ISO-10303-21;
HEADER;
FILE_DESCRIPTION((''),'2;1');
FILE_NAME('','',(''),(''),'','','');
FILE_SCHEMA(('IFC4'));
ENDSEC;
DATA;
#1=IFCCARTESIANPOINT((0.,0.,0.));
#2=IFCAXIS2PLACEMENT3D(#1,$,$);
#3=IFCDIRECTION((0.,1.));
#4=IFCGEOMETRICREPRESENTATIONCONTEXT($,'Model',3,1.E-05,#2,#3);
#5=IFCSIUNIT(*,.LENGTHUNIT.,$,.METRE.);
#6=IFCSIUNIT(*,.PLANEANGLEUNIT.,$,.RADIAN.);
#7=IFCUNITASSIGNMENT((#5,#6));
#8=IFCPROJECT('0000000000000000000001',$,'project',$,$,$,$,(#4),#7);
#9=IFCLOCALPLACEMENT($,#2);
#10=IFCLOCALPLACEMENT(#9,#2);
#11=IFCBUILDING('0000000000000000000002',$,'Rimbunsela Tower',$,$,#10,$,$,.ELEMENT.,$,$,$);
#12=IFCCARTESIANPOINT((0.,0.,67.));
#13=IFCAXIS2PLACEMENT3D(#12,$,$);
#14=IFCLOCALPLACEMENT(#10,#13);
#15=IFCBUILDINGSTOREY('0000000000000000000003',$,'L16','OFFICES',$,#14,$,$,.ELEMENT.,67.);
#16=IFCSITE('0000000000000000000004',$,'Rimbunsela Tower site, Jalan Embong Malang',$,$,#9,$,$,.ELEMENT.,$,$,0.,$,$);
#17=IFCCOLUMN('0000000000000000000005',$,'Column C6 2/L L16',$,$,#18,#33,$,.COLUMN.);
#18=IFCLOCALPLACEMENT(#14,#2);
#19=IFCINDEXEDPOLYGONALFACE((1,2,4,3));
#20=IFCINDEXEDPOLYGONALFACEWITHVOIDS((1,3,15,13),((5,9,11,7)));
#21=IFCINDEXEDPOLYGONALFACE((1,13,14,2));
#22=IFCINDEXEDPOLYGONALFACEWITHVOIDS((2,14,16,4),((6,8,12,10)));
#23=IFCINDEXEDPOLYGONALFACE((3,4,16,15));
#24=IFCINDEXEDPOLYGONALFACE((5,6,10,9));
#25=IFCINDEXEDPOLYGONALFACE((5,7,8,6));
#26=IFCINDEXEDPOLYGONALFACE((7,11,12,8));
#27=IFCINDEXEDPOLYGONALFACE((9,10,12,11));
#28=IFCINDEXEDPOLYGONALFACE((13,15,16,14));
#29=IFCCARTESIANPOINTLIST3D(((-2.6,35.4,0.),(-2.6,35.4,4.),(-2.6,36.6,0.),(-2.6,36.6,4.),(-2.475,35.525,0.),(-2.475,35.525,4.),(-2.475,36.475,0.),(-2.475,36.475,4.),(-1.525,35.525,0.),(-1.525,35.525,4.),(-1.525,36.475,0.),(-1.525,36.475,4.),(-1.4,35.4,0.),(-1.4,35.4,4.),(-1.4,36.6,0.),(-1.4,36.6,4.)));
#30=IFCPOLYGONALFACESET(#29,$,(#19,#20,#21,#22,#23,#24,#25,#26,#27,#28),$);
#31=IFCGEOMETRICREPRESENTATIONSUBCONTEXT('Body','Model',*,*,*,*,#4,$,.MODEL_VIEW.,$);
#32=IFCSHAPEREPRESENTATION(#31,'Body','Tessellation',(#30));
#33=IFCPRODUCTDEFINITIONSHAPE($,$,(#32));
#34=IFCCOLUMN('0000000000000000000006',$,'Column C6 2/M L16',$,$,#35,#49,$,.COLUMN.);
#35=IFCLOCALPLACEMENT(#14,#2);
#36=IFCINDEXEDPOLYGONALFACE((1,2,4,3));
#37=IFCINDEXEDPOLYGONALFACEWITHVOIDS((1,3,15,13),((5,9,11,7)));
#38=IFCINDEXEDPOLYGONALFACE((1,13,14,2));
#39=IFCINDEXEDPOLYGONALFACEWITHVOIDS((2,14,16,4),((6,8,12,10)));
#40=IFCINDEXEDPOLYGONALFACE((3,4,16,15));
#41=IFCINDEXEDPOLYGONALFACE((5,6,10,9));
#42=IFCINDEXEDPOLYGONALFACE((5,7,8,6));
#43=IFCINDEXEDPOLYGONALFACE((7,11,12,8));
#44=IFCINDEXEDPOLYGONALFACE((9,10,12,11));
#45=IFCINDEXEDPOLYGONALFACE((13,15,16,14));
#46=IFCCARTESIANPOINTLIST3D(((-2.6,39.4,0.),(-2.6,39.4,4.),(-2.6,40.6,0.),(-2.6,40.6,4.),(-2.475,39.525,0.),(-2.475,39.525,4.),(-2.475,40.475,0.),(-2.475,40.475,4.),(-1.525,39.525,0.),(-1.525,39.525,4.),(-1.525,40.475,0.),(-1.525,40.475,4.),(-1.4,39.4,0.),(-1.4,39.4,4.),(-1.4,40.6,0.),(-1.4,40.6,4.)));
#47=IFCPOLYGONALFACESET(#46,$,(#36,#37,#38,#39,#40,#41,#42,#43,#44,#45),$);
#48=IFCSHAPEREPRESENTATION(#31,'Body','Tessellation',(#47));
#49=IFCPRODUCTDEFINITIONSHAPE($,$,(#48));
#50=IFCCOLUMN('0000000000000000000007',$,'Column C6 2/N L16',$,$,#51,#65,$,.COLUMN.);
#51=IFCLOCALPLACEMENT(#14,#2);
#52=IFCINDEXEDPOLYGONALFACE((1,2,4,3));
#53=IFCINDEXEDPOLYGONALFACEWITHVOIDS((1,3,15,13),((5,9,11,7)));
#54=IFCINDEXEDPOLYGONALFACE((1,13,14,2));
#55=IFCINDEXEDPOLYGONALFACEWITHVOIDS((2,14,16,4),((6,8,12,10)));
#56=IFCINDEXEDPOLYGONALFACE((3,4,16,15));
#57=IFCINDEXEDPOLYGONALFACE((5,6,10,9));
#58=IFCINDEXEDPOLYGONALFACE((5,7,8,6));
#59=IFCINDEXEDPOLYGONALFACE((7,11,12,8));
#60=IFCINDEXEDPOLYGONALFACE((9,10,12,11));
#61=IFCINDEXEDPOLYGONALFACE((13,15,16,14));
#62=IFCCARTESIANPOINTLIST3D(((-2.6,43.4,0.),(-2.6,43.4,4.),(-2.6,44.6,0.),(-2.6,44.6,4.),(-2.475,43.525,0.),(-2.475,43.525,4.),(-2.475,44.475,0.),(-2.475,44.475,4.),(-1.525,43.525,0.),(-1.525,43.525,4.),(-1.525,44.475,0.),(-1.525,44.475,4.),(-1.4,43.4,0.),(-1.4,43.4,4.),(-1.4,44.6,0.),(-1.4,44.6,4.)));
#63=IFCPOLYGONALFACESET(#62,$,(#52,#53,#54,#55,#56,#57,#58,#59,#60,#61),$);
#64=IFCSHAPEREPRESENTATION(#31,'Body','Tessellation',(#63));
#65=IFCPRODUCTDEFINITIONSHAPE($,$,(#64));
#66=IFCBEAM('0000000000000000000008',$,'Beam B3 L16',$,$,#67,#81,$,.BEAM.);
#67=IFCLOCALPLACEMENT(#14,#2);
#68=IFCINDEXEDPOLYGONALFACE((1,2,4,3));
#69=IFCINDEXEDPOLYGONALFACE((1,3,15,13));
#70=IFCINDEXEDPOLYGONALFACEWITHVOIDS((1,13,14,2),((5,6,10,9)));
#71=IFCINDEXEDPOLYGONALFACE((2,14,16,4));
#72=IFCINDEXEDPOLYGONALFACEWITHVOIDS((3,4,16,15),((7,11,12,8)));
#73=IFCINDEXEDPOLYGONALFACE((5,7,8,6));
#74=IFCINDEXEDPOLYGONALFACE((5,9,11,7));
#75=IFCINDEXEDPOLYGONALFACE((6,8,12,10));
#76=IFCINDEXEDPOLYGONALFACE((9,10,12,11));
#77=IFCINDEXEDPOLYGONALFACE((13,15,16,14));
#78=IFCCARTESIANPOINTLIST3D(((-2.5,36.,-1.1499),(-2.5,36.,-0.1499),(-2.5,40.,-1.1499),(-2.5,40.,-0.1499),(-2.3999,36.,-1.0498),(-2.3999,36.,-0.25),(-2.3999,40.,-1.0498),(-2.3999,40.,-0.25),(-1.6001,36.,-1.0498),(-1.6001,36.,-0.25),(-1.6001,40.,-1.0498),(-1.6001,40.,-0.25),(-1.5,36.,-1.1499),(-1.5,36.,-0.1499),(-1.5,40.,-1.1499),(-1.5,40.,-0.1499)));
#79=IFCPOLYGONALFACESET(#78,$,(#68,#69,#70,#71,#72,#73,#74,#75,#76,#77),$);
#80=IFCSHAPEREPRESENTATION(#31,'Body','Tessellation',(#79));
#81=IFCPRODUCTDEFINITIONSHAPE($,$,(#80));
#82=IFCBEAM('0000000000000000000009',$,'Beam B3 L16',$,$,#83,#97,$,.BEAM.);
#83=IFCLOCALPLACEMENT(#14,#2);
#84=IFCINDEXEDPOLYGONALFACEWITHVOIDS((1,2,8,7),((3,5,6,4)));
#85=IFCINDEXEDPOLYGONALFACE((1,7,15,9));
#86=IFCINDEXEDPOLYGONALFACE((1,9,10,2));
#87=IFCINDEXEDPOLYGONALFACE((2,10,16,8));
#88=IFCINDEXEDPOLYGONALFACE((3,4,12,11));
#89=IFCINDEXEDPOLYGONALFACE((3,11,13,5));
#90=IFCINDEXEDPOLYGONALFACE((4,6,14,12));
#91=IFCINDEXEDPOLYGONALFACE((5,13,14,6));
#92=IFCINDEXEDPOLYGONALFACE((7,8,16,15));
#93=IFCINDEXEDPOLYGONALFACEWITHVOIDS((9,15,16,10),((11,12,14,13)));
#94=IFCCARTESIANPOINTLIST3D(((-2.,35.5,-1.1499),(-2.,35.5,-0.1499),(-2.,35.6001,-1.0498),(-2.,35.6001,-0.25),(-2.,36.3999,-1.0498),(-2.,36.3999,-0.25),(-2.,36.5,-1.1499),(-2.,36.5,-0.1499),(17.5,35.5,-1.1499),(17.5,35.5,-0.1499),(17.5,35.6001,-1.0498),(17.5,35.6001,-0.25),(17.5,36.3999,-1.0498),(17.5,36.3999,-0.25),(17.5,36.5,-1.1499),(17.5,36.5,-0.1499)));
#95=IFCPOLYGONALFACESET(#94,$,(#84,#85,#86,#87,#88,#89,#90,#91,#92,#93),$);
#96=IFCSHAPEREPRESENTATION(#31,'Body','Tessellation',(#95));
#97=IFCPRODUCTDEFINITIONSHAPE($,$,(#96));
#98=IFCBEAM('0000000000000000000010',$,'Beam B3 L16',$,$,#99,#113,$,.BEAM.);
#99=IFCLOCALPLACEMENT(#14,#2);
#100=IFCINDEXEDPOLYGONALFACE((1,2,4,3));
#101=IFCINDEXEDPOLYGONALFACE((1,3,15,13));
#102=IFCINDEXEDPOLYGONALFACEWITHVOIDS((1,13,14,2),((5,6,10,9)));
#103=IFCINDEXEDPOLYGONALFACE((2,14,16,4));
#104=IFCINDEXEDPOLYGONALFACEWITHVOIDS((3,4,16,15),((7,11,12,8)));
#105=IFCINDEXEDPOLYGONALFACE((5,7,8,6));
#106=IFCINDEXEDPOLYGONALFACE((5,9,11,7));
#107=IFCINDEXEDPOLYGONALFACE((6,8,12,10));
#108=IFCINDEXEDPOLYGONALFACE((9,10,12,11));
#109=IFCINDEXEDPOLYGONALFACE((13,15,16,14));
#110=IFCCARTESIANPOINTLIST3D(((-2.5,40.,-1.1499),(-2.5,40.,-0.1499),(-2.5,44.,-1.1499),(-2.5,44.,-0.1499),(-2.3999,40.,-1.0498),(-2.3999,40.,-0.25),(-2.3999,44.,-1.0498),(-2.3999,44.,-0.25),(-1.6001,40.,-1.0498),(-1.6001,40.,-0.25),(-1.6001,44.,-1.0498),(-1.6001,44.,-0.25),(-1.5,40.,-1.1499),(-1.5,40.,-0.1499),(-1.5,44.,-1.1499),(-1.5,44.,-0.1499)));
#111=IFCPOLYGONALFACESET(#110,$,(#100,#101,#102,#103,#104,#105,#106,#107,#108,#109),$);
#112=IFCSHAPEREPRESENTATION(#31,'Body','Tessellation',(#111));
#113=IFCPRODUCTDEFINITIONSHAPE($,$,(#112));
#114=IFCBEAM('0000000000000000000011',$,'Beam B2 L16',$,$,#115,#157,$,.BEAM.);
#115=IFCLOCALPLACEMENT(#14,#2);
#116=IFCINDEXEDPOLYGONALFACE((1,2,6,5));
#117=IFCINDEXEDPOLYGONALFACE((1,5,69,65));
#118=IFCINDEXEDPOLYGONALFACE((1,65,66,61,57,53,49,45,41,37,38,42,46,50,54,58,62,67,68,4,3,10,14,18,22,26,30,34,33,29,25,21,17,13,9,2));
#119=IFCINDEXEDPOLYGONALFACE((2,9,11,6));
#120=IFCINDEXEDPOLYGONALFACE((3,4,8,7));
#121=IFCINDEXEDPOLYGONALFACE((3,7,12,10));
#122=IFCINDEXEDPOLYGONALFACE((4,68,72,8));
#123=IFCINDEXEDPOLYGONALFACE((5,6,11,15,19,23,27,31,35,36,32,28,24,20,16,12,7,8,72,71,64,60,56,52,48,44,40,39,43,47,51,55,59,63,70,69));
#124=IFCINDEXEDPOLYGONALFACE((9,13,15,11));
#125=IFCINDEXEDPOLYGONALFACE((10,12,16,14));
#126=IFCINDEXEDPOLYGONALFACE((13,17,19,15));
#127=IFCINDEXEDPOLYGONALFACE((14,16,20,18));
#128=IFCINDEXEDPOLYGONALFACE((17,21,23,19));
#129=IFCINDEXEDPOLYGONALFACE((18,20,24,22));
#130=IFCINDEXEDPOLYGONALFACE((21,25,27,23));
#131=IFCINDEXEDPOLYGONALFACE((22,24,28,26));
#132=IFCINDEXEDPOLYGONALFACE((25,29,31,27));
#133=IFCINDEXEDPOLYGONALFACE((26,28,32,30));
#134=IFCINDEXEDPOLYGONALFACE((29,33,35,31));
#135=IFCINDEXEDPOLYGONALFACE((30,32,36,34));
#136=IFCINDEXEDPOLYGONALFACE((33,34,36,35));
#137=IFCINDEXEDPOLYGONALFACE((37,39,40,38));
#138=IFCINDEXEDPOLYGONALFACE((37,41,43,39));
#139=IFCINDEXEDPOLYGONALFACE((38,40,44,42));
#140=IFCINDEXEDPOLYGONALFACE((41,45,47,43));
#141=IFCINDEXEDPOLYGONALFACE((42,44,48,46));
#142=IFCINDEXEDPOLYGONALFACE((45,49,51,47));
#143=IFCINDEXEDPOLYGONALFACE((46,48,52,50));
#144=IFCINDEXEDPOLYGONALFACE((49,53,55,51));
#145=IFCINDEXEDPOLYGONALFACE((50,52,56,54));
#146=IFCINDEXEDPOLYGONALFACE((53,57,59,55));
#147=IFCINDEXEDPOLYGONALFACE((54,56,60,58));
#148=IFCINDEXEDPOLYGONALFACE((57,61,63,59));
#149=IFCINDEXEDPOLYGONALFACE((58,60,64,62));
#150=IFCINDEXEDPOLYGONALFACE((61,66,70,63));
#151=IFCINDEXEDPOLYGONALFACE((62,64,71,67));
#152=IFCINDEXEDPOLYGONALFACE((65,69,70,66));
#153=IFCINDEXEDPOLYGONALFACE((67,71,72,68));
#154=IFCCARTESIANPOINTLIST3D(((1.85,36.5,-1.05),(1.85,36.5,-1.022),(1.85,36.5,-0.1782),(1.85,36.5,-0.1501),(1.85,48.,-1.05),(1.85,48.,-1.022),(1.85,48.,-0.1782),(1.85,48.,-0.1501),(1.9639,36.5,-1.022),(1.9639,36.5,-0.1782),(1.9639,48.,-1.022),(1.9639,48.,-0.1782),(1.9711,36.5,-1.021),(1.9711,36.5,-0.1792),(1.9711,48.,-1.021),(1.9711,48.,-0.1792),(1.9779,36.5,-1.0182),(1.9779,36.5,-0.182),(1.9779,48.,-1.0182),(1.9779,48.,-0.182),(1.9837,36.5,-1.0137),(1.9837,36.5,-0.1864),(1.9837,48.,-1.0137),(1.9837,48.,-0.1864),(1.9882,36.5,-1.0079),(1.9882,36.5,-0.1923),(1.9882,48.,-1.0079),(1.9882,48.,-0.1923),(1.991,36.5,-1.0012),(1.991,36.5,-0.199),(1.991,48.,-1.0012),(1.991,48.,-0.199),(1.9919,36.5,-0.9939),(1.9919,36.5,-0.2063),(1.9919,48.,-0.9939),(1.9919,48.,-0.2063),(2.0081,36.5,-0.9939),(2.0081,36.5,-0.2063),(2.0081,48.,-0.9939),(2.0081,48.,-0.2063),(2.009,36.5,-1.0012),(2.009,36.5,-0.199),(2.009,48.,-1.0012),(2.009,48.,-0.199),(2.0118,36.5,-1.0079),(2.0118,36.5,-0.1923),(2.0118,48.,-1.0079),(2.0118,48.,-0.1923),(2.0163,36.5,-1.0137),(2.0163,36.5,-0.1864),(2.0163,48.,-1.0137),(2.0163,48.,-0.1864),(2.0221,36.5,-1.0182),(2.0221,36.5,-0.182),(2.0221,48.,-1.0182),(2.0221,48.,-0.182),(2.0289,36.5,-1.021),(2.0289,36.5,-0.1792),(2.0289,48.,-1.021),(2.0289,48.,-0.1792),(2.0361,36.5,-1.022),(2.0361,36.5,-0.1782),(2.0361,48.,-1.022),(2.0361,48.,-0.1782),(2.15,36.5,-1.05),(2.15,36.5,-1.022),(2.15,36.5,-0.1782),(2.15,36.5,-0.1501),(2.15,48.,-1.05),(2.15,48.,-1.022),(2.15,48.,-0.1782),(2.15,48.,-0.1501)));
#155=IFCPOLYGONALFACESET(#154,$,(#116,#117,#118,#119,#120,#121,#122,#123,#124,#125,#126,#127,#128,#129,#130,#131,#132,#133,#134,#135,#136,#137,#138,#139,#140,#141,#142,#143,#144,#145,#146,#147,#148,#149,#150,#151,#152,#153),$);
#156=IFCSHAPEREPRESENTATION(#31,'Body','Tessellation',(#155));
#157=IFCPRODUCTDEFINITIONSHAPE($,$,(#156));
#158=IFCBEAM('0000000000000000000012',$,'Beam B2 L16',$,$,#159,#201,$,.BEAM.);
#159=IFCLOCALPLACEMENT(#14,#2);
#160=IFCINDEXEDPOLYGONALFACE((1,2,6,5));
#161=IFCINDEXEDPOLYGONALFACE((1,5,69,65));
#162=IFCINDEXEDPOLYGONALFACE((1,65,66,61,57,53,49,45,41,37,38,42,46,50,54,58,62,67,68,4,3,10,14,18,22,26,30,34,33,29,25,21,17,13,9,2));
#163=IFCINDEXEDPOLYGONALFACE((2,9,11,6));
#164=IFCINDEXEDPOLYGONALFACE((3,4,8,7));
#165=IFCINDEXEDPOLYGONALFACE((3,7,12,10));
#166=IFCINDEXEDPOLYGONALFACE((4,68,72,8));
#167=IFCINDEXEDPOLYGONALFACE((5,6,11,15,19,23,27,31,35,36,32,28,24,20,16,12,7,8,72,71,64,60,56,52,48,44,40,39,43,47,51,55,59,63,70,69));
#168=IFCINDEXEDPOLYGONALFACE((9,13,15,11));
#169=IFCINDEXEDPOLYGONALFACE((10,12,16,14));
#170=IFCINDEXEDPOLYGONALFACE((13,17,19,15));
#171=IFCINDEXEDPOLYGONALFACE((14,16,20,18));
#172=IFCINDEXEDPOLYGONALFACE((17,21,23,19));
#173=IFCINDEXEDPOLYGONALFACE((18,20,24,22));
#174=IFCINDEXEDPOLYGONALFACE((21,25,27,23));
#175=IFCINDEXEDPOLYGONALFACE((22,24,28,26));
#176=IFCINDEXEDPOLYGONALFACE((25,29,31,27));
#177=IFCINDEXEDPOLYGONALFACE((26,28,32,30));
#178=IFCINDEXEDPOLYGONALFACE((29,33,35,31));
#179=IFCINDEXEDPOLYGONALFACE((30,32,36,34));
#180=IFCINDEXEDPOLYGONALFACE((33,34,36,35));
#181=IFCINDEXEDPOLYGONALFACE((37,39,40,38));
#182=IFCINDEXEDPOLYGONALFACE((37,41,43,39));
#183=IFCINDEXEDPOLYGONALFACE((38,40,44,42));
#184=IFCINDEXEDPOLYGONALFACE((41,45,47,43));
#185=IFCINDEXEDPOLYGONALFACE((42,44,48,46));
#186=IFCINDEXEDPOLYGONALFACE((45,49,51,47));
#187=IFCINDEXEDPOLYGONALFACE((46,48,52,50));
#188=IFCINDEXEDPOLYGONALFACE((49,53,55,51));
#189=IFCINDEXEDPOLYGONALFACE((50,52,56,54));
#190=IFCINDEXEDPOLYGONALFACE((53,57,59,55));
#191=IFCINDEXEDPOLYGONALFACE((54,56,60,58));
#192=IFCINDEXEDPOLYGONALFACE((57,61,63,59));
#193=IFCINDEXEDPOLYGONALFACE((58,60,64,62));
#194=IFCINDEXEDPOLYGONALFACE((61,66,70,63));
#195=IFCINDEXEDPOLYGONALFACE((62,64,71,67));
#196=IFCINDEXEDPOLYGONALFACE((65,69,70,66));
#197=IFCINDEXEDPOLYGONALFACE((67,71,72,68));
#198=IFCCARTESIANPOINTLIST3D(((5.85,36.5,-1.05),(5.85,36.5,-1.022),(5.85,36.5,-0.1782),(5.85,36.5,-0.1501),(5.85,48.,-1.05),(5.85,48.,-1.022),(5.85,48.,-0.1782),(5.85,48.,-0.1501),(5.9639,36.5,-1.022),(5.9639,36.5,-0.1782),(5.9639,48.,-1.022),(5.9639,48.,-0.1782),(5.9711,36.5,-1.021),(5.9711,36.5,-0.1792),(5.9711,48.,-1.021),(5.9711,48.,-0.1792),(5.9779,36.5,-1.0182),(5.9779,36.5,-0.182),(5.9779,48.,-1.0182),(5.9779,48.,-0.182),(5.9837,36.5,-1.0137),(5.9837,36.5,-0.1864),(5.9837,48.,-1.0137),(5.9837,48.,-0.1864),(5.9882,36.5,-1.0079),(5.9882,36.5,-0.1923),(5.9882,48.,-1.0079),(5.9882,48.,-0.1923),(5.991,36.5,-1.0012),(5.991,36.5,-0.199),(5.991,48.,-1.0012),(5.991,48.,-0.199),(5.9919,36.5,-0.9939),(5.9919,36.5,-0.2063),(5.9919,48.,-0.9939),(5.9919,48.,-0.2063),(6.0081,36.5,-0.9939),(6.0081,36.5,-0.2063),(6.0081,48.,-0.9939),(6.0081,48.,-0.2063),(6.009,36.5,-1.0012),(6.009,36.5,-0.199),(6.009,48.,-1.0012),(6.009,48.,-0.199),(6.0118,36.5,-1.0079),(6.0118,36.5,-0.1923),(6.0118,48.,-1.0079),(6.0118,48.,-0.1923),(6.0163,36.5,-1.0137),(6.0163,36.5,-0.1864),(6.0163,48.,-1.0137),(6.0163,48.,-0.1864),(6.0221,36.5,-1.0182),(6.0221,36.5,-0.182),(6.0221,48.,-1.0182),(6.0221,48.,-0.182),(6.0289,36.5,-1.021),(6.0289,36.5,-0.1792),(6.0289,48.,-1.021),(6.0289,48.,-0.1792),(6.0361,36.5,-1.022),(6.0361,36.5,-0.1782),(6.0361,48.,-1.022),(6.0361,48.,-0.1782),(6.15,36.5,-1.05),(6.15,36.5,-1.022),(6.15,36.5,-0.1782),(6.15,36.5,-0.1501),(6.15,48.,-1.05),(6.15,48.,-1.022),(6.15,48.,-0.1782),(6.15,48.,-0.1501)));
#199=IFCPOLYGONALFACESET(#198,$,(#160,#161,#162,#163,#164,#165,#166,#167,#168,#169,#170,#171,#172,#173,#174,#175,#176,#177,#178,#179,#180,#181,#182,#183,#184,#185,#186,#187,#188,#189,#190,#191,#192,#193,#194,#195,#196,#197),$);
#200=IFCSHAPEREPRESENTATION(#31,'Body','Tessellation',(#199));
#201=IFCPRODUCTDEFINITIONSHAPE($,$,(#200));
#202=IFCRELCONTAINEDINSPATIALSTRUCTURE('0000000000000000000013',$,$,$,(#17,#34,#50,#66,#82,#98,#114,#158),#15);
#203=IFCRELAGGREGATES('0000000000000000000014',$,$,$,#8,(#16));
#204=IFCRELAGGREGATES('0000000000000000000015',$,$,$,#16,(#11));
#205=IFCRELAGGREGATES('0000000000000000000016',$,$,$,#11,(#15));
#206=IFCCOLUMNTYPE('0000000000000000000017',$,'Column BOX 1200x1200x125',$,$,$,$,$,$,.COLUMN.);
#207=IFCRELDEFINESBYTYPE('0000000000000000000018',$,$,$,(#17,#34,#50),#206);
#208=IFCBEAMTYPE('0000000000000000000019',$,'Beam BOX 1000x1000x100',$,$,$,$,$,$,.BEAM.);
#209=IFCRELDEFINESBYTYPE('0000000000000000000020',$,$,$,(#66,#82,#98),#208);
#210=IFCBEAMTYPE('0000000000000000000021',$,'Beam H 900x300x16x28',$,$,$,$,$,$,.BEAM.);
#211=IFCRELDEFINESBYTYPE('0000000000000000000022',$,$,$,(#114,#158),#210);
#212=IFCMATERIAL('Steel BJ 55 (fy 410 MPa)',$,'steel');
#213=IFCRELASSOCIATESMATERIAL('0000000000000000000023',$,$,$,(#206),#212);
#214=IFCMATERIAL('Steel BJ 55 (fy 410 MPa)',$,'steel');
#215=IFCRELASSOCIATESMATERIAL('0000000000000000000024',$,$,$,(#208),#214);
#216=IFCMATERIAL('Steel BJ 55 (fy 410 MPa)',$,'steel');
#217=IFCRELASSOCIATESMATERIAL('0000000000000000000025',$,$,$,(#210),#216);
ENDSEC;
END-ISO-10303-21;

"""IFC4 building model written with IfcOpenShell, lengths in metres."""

from ifc_helpers import new_model, si_unit, direction, frame, origin, origin_2d, place, context, subcontext, project, spatial, hollow_rectangle, i_section, extrude, material, material_profile, profile_set, type_object, element, save


model = new_model("IFC4")

# Units and contexts
model_context = context("Model", 3, precision=1e-05, world=origin(), true_north=direction((0.0, 1.0)))
body_context = subcontext(model_context, "Body", "Model", "MODEL_VIEW")
ifc_project = project(units=[si_unit("LENGTHUNIT", "METRE"), si_unit("PLANEANGLEUNIT", "RADIAN")], contexts=[model_context])

# Site, building, storey
site_placement = place(None, origin())
site = spatial("IfcSite", under=ifc_project, at=site_placement, Name="Rimbunsela Tower site, Jalan Embong Malang", CompositionType="ELEMENT", RefElevation=0.0)
building_placement = place(site_placement, origin())
building = spatial("IfcBuilding", under=site, at=building_placement, Name="Rimbunsela Tower", CompositionType="ELEMENT")
storey_placement = place(building_placement, frame((0.0, 0.0, 67.0)))
storey = spatial("IfcBuildingStorey", under=building, at=storey_placement, Name="L16", Description="OFFICES", CompositionType="ELEMENT", Elevation=67.0)

# Columns
ifc_material_1 = material(Name="Steel BJ 55 (fy 410 MPa)", Category="steel")
ifc_material_profile_1 = material_profile(ifc_material_1, hollow_rectangle(XDim=1.2, YDim=1.2, WallThickness=0.125, at=origin_2d()), Name="BOX 1200x1200x125")
ifc_profile_set_1 = profile_set([ifc_material_profile_1], Name="Steel BJ 55 (fy 410 MPa)")
column_type = type_object("IfcColumnType", Name="Column BOX 1200x1200x125", PredefinedType="COLUMN", material=ifc_profile_set_1)
for number, where, z_axis, x_axis, name in (
    (1, (-2.0, 36.0, 0.0), (0.0, 0.0, 1.0), (1.0, 0.0, 0.0), "Column C6 2/L L16"),
    (2, (-2.0, 40.0, 0.0), (0.0, 0.0, 1.0), (1.0, 0.0, 0.0), "Column C6 2/M L16"),
    (3, (-2.0, 44.0, 0.0), (0.0, 0.0, 1.0), (1.0, 0.0, 0.0), "Column C6 2/N L16"),
):
    element("IfcColumn", number, at=place(storey_placement, frame(where, z_axis=z_axis, x_axis=x_axis)), inside=storey, type_object=column_type, Name=name, PredefinedType="COLUMN", context=body_context, shape_type="SweptSolid", body=[
        extrude(hollow_rectangle(XDim=1.2, YDim=1.2, WallThickness=0.125, at=origin_2d()), origin(), (0.0, 0.0, 1.0), 4.0),
    ])

# Beams
ifc_material_2 = material(Name="Steel BJ 55 (fy 410 MPa)", Category="steel")
ifc_material_profile_2 = material_profile(ifc_material_2, hollow_rectangle(XDim=1.0, YDim=1.0, WallThickness=0.1001, at=origin_2d()), Name="BOX 1000x1000x100")
ifc_profile_set_2 = profile_set([ifc_material_profile_2], Name="Steel BJ 55 (fy 410 MPa)")
beam_type_1 = type_object("IfcBeamType", Name="Beam BOX 1000x1000x100", PredefinedType="BEAM", material=ifc_profile_set_2)
beam_1_placement = place(storey_placement, frame((-2.0, 36.0, -0.6499), z_axis=(0.0, 1.0, 0.0), x_axis=(-1.0, 0.0, 0.0)))
element("IfcBeam", 4, at=beam_1_placement, inside=storey, type_object=beam_type_1, Name="Beam B3 L16", PredefinedType="BEAM", context=body_context, shape_type="SweptSolid", body=[
    extrude(hollow_rectangle(XDim=1.0, YDim=1.0, WallThickness=0.1001, at=origin_2d()), origin(), (0.0, 0.0, 1.0), 4.0),
])
beam_2_placement = place(storey_placement, frame((-2.0, 36.0, -0.6499), z_axis=(1.0, 0.0, 0.0), x_axis=(0.0, 1.0, 0.0)))
element("IfcBeam", 5, at=beam_2_placement, inside=storey, type_object=beam_type_1, Name="Beam B3 L16", PredefinedType="BEAM", context=body_context, shape_type="SweptSolid", body=[
    extrude(hollow_rectangle(XDim=1.0, YDim=1.0, WallThickness=0.1001, at=origin_2d()), origin(), (0.0, 0.0, 1.0), 19.5),
])
beam_3_placement = place(storey_placement, frame((-2.0, 40.0, -0.6499), z_axis=(0.0, 1.0, 0.0), x_axis=(-1.0, 0.0, 0.0)))
element("IfcBeam", 6, at=beam_3_placement, inside=storey, type_object=beam_type_1, Name="Beam B3 L16", PredefinedType="BEAM", context=body_context, shape_type="SweptSolid", body=[
    extrude(hollow_rectangle(XDim=1.0, YDim=1.0, WallThickness=0.1001, at=origin_2d()), origin(), (0.0, 0.0, 1.0), 4.0),
])
ifc_material_3 = material(Name="Steel BJ 55 (fy 410 MPa)", Category="steel")
ifc_material_profile_3 = material_profile(ifc_material_3, i_section(OverallWidth=0.3, OverallDepth=0.8999, WebThickness=0.0161, FlangeThickness=0.0281, FilletRadius=0.0281, at=origin_2d()), Name="H 900x300x16x28")
ifc_profile_set_3 = profile_set([ifc_material_profile_3], Name="Steel BJ 55 (fy 410 MPa)")
beam_type_2 = type_object("IfcBeamType", Name="Beam H 900x300x16x28", PredefinedType="BEAM", material=ifc_profile_set_3)
for number, where, z_axis, x_axis, name in (
    (7, (2.0, 36.5, -0.6001), (0.0, 1.0, 0.0), (-1.0, 0.0, 0.0), "Beam B2 L16"),
    (8, (6.0, 36.5, -0.6001), (0.0, 1.0, 0.0), (-1.0, 0.0, 0.0), "Beam B2 L16"),
):
    element("IfcBeam", number, at=place(storey_placement, frame(where, z_axis=z_axis, x_axis=x_axis)), inside=storey, type_object=beam_type_2, Name=name, PredefinedType="BEAM", context=body_context, shape_type="SweptSolid", body=[
        extrude(i_section(OverallWidth=0.3, OverallDepth=0.8999, WebThickness=0.0161, FlangeThickness=0.0281, FilletRadius=0.0281, at=origin_2d()), origin(), (0.0, 0.0, 1.0), 11.5),
    ])

save(model, "model.ifc")
